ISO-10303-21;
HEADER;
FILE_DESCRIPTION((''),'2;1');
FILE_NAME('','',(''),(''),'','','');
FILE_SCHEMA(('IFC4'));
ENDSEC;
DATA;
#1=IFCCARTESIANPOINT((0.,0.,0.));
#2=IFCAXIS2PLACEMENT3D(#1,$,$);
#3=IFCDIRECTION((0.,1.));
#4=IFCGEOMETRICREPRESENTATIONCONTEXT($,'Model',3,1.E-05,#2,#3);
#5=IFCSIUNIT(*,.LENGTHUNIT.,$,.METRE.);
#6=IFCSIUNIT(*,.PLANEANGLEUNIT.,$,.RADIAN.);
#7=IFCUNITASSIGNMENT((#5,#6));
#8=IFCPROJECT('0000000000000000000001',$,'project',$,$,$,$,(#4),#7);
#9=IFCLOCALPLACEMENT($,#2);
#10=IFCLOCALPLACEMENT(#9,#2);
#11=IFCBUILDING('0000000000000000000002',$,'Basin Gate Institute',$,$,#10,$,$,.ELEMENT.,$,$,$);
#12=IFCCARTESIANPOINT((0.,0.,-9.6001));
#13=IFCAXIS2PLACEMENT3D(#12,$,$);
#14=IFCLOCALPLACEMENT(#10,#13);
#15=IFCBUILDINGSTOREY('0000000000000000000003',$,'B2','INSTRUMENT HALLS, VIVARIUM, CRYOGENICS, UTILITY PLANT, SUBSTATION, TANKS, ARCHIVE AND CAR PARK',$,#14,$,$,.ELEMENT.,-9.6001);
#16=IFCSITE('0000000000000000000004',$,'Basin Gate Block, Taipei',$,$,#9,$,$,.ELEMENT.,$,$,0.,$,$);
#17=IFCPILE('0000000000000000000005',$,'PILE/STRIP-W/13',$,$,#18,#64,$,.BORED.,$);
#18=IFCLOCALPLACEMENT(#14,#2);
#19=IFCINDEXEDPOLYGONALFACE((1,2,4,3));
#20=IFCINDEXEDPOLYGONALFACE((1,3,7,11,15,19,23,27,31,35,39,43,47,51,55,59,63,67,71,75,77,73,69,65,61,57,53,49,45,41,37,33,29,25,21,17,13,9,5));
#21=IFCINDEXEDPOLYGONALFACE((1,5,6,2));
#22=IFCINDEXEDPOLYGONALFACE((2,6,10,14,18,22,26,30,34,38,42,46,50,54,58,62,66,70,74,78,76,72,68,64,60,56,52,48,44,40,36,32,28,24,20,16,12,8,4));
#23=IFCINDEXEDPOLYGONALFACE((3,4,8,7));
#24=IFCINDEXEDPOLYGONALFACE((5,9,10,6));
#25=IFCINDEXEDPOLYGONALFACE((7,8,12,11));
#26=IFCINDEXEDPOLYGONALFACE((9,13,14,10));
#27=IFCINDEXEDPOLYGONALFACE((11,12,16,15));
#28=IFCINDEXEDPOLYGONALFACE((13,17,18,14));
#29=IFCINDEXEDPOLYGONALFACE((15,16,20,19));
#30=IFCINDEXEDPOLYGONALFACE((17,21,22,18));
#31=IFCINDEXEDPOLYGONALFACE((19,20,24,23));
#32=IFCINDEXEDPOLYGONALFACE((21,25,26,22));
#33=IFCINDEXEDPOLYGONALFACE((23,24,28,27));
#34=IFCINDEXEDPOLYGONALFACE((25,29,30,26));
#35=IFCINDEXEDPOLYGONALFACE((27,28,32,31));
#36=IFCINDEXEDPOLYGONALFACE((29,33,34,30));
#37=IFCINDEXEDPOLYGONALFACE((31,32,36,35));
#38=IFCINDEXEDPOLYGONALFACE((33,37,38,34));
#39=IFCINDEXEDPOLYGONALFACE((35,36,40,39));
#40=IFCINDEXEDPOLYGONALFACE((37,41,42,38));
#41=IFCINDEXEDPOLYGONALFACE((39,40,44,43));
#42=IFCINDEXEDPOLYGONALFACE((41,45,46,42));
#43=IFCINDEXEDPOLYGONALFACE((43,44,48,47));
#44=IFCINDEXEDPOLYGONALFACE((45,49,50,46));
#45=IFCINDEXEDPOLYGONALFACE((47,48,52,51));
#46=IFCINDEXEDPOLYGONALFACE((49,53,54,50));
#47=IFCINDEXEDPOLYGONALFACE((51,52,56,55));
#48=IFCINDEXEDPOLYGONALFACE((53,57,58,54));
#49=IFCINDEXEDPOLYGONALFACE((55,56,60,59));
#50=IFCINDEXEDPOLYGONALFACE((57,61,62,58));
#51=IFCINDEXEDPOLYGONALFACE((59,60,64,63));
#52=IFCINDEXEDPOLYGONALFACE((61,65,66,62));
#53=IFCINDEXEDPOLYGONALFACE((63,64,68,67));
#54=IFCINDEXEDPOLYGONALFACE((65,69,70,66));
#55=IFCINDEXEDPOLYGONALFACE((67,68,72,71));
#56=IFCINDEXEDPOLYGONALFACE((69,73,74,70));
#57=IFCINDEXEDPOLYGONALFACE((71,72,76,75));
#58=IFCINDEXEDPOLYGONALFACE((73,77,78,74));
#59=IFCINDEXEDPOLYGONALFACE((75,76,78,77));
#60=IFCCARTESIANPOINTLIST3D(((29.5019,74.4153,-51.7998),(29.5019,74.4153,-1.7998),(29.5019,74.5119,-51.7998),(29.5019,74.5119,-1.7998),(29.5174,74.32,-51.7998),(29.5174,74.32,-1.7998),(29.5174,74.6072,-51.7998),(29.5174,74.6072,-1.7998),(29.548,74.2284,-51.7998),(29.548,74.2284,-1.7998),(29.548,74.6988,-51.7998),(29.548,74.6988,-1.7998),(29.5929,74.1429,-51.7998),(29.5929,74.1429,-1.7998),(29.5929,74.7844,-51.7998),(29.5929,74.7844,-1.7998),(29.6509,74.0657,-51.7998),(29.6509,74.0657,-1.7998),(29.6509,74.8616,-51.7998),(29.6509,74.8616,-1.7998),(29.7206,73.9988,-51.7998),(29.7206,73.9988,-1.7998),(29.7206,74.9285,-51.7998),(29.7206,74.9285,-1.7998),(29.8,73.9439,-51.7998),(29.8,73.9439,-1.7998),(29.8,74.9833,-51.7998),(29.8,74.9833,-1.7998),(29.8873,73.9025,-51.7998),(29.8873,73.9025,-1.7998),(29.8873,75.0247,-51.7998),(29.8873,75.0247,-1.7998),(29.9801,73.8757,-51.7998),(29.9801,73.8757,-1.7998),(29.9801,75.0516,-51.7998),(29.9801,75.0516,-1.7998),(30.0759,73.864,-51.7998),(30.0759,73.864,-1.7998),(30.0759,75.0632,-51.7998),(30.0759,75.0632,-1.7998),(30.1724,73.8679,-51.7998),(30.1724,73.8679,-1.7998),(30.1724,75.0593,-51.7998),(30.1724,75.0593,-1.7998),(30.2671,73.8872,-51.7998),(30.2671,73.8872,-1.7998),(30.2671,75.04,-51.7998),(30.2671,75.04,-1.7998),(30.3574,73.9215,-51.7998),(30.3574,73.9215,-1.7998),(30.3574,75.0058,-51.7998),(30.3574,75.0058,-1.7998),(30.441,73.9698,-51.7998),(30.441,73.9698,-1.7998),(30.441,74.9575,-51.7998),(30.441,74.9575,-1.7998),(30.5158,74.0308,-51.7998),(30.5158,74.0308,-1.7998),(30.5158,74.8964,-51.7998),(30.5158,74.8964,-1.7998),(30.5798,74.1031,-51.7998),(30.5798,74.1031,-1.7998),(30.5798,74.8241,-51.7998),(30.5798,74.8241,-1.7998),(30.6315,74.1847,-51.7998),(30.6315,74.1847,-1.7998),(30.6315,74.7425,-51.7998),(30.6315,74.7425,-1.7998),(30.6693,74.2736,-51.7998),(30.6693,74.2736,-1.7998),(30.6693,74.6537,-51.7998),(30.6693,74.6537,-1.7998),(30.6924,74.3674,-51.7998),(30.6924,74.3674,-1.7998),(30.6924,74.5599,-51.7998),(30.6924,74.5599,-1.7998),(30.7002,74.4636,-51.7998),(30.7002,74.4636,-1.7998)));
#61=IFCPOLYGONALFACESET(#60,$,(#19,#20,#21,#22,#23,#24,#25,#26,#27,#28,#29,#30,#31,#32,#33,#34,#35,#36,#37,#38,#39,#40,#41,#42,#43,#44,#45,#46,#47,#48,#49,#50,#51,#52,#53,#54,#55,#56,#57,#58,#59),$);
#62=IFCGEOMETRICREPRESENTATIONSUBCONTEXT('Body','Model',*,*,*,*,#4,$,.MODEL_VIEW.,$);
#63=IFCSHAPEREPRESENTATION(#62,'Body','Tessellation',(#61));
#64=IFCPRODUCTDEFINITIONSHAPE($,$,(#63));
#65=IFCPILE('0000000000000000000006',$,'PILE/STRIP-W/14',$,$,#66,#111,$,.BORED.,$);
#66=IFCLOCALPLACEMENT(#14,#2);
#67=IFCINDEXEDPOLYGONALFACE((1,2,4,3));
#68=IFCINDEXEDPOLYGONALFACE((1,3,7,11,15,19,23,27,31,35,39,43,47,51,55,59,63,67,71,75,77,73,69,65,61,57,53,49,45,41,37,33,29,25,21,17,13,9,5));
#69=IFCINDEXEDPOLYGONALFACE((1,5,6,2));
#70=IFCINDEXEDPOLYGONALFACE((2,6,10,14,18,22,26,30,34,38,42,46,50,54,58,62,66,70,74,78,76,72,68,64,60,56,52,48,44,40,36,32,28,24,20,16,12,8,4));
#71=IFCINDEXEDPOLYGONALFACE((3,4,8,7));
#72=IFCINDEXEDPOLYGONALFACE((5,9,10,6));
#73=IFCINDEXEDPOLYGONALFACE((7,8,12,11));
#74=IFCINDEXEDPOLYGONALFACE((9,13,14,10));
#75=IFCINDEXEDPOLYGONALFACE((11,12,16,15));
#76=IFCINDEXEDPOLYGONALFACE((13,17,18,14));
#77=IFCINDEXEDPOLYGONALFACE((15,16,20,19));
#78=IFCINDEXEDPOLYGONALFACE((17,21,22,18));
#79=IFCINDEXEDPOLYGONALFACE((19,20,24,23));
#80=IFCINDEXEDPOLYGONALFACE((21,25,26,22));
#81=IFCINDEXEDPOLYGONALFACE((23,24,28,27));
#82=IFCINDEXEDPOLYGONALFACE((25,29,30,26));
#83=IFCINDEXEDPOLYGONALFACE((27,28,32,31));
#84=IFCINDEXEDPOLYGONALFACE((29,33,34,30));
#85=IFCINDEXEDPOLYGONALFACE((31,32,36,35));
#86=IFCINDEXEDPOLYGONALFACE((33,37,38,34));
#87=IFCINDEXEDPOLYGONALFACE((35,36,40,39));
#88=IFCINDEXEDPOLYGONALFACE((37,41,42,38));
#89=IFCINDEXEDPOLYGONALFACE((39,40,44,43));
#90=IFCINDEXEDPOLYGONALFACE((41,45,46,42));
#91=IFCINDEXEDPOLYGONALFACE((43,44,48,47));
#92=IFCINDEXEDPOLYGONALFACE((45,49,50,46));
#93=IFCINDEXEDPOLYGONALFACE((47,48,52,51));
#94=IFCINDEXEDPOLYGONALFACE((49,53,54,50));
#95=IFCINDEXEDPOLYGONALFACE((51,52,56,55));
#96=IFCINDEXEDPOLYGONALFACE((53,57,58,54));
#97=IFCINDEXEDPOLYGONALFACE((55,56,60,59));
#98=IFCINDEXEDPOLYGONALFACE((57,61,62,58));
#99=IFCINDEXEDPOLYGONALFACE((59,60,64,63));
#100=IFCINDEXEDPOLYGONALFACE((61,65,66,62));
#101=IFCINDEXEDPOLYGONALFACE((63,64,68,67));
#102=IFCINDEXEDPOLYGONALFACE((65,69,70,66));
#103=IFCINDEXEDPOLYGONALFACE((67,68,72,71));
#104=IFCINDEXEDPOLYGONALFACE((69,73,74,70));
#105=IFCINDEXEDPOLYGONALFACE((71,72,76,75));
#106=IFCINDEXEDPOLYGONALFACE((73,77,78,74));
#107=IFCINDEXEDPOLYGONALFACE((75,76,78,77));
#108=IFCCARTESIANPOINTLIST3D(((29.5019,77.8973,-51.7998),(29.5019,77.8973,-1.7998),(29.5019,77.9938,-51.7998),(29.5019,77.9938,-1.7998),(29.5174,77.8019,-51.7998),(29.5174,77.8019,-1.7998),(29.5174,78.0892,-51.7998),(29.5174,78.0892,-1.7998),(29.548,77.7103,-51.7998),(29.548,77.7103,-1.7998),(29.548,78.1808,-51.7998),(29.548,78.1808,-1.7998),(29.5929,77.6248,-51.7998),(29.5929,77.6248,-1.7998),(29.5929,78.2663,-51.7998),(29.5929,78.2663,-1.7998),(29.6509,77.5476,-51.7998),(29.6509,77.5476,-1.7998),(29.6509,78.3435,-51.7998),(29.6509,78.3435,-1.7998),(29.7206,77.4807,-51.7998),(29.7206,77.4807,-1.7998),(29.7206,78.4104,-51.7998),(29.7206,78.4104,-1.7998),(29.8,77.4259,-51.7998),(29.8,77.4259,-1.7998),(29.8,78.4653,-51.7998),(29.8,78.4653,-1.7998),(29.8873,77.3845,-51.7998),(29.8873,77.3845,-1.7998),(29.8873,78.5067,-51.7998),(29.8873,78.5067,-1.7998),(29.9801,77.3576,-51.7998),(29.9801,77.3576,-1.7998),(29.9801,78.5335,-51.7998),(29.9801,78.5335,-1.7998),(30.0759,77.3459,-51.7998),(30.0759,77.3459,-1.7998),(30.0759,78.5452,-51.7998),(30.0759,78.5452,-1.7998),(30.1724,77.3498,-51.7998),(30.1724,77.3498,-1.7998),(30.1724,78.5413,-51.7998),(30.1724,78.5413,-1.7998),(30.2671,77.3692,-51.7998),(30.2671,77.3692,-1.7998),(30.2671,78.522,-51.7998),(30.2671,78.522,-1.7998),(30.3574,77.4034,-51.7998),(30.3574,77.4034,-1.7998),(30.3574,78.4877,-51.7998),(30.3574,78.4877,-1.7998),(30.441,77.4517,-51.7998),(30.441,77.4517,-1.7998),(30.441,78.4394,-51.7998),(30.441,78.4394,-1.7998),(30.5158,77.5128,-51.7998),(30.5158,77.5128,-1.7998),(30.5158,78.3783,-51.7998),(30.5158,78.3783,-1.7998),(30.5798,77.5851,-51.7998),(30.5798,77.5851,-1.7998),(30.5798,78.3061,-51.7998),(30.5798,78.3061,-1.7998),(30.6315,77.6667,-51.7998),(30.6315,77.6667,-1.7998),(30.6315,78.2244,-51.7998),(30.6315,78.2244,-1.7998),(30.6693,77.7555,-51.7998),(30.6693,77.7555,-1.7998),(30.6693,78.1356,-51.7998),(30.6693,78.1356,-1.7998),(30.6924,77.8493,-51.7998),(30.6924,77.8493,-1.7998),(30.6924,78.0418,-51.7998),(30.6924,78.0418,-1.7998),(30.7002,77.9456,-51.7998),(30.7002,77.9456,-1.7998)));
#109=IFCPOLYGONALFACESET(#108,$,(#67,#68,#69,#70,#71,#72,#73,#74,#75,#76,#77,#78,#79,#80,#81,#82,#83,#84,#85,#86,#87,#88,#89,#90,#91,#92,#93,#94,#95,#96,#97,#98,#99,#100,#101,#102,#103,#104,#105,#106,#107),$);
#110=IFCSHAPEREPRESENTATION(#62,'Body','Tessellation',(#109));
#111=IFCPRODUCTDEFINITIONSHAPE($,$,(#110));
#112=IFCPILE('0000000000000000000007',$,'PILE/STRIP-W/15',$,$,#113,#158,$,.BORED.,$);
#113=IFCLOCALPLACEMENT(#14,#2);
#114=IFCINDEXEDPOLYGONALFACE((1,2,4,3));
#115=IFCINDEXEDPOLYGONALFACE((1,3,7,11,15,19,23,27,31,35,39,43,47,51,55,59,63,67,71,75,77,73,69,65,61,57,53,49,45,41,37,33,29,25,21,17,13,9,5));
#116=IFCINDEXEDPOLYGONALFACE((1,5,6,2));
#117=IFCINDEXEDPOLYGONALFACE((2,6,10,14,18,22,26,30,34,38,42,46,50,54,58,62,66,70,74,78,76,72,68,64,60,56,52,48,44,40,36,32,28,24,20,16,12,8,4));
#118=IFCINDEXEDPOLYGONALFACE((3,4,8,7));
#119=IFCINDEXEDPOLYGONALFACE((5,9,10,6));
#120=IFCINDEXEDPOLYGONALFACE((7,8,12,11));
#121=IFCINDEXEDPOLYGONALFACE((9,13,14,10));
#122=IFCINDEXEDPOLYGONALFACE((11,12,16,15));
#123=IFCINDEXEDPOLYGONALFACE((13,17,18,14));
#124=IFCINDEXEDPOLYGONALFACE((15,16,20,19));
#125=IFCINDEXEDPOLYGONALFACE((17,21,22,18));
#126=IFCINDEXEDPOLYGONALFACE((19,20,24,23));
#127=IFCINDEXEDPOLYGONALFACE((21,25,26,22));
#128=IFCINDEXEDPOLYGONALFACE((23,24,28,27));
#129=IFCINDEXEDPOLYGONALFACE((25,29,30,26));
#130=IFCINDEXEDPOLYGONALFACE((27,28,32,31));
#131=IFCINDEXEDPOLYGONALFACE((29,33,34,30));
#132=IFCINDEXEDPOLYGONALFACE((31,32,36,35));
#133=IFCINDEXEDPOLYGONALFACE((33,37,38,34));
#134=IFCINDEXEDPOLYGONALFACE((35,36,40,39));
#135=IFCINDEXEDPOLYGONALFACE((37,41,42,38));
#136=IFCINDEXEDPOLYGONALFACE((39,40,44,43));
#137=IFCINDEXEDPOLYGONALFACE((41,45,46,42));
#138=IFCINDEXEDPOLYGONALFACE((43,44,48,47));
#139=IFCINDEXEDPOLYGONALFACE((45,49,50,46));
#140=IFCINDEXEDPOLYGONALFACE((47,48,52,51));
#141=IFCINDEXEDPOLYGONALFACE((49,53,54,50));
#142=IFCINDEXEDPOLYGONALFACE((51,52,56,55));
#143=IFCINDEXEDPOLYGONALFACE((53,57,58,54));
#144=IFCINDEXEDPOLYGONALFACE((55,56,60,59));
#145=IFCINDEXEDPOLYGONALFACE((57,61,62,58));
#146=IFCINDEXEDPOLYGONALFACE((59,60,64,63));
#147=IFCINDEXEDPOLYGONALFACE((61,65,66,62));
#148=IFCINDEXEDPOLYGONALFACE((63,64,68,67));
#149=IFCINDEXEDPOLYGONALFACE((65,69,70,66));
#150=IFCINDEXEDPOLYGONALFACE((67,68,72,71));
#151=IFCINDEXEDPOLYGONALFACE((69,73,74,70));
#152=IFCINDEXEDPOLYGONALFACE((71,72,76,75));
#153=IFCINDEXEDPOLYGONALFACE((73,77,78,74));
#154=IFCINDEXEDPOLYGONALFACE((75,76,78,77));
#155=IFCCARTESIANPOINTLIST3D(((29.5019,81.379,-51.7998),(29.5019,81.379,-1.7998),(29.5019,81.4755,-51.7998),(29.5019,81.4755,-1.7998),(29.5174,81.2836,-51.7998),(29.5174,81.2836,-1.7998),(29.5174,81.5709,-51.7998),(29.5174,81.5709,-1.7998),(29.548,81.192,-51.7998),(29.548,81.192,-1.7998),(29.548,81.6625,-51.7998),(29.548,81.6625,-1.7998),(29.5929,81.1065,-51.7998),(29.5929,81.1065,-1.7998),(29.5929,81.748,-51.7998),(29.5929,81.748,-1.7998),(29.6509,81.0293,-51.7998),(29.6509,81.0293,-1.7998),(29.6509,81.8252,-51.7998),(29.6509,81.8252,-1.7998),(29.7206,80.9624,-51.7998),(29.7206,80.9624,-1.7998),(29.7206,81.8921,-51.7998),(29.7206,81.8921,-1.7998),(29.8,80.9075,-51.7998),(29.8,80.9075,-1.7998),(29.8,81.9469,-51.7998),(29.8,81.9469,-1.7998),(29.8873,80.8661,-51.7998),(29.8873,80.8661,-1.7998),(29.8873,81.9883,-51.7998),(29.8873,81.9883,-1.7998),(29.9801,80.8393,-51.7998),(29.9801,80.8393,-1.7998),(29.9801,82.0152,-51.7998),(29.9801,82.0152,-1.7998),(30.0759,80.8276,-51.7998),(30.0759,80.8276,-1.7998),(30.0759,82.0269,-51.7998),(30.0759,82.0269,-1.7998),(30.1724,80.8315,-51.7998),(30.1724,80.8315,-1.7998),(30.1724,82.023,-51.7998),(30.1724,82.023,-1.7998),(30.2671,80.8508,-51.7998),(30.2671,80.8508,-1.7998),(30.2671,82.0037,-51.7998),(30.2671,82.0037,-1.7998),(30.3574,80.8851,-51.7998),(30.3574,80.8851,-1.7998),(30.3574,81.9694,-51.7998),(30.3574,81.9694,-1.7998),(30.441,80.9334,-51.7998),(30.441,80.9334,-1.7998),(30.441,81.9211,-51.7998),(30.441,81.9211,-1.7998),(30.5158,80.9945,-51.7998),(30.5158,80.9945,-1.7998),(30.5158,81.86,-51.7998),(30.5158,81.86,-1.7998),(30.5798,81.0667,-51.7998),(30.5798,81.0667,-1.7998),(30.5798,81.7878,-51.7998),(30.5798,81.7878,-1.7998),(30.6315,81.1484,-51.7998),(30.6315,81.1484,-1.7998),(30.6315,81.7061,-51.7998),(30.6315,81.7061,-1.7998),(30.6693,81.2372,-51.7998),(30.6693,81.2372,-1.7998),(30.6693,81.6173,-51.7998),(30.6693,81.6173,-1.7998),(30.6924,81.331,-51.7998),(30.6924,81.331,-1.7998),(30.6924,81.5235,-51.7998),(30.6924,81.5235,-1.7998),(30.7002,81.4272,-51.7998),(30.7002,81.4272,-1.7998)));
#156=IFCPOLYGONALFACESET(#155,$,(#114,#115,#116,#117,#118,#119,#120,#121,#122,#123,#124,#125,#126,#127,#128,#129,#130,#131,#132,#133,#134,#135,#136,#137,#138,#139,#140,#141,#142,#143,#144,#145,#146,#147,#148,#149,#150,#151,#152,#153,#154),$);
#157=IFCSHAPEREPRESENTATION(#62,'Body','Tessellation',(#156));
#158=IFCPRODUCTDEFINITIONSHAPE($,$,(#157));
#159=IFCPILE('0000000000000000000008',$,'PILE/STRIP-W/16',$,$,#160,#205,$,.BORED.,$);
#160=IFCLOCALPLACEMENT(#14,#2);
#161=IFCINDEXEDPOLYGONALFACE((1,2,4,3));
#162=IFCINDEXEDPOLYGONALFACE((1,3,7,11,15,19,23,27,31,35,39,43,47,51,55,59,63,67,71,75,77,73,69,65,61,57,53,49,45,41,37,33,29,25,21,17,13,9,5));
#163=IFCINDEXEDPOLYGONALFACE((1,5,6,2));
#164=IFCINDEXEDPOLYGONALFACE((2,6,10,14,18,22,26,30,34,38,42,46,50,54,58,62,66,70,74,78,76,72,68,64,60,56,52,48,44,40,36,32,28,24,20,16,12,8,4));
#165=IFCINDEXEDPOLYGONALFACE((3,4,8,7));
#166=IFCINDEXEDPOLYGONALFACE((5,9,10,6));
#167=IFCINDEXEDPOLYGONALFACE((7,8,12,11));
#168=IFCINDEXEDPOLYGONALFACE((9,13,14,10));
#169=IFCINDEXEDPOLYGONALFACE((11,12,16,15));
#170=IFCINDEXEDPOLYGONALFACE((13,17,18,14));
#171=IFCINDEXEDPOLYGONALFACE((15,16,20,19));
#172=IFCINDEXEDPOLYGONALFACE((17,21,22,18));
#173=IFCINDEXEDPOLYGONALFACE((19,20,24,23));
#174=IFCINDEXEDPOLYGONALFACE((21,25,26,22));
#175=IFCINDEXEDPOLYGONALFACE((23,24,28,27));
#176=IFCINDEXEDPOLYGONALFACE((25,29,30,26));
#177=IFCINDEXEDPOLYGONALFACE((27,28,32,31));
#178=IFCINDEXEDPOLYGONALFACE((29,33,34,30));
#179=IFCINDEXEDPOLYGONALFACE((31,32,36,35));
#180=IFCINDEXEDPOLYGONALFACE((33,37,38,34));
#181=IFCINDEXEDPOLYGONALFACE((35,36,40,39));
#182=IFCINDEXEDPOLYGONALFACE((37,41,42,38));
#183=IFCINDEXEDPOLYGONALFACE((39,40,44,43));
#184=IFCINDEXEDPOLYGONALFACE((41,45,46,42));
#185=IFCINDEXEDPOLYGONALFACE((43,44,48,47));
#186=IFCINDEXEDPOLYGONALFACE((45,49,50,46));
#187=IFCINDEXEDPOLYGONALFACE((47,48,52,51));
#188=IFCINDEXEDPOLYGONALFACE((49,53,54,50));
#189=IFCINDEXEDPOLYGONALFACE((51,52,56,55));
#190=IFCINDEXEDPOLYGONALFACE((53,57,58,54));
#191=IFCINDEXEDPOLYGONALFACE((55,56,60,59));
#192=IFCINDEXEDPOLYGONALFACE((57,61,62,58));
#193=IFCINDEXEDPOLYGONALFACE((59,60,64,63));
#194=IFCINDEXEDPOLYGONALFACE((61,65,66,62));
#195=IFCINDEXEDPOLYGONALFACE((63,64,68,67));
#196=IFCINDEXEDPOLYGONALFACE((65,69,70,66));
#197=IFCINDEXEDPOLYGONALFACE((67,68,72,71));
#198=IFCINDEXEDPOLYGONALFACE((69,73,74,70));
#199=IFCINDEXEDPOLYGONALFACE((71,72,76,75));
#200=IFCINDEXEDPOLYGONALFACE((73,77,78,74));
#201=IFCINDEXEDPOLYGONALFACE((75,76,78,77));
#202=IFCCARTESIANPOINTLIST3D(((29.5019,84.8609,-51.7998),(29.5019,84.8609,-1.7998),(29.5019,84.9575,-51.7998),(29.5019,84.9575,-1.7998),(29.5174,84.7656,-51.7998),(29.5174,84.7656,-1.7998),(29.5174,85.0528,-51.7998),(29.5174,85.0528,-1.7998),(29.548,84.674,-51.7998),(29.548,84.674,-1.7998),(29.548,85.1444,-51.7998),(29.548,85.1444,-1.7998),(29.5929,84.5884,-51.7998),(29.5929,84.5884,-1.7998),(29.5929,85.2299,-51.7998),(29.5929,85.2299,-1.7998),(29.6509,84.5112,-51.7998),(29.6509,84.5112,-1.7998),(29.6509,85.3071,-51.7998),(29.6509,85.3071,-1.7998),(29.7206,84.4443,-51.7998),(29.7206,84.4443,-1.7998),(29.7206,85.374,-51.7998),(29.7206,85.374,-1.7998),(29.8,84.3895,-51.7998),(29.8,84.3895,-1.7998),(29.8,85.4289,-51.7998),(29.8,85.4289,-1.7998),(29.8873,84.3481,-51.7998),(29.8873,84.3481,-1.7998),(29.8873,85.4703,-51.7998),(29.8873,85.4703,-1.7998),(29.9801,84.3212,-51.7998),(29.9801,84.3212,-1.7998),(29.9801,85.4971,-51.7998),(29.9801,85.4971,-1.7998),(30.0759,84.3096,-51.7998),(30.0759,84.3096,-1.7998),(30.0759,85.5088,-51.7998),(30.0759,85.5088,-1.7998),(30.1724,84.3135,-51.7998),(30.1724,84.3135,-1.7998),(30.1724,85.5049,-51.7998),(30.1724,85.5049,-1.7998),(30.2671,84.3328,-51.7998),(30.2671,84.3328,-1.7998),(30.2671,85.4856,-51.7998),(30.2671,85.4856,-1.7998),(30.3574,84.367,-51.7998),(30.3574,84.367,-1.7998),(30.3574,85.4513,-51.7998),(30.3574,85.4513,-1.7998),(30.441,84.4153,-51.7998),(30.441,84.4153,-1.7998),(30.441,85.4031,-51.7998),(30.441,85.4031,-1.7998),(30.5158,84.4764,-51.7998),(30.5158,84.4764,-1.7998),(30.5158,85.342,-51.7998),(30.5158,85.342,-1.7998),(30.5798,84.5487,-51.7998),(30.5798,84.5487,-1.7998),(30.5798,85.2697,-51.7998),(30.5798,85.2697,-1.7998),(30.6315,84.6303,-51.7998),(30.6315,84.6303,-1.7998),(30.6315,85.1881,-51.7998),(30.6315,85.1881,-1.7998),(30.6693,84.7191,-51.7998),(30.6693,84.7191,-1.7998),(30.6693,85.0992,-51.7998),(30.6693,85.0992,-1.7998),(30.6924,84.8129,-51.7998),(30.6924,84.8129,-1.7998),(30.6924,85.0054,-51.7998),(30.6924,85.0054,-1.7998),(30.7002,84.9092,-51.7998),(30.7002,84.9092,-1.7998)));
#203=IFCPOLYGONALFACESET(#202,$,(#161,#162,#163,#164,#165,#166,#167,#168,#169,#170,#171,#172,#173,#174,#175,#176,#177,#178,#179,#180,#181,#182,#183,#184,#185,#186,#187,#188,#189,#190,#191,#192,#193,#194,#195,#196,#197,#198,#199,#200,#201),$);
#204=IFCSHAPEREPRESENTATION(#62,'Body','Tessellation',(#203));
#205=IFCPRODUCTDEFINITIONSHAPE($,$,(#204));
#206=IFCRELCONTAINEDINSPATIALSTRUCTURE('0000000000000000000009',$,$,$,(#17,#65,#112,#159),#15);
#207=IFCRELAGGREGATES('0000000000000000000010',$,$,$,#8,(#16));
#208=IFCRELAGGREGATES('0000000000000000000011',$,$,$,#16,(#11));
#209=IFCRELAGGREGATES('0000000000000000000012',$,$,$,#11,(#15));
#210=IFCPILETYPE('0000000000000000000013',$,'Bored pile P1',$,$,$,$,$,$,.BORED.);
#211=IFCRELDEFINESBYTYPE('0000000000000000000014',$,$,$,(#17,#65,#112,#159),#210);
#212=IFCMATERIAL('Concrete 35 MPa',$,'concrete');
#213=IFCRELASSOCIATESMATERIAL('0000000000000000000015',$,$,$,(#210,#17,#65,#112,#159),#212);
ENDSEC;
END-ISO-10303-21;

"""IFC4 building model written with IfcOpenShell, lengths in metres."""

from ifc_helpers import new_model, si_unit, direction, frame, origin, origin_2d, place, context, subcontext, project, spatial, circle, extrude, material, material_profile, profile_set, type_object, element, save


model = new_model("IFC4")

# Units and contexts
model_context = context("Model", 3, precision=1e-05, world=origin(), true_north=direction((0.0, 1.0)))
body_context = subcontext(model_context, "Body", "Model", "MODEL_VIEW")
ifc_project = project(units=[si_unit("LENGTHUNIT", "METRE"), si_unit("PLANEANGLEUNIT", "RADIAN")], contexts=[model_context])

# Site, building, storey
site_placement = place(None, origin())
site = spatial("IfcSite", under=ifc_project, at=site_placement, Name="Basin Gate Block, Taipei", CompositionType="ELEMENT", RefElevation=0.0)
building_placement = place(site_placement, origin())
building = spatial("IfcBuilding", under=site, at=building_placement, Name="Basin Gate Institute", CompositionType="ELEMENT")
storey_placement = place(building_placement, frame((0.0, 0.0, -9.6001)))
storey = spatial("IfcBuildingStorey", under=building, at=storey_placement, Name="B2", Description="INSTRUMENT HALLS, VIVARIUM, CRYOGENICS, UTILITY PLANT, SUBSTATION, TANKS, ARCHIVE AND CAR PARK", CompositionType="ELEMENT", Elevation=-9.6001)

# Piles
ifc_material_1 = material(Name="Concrete 35 MPa", Category="concrete")
ifc_material_profile_1 = material_profile(ifc_material_1, circle(Radius=0.6001, at=origin_2d()), Name="Bored pile P1 1200 dia")
ifc_profile_set_1 = profile_set([ifc_material_profile_1], Name="Concrete 35 MPa")
pile_type = type_object("IfcPileType", Name="Bored pile P1", PredefinedType="BORED", material=ifc_profile_set_1)
for number, where, z_axis, x_axis, name in (
    (1, (30.1001, 74.4636, -1.7998), (0.0, 0.0, -1.0), (1.0, 0.0, 0.0), "PILE/STRIP-W/13"),
    (2, (30.1001, 77.9456, -1.7998), (0.0, 0.0, -1.0), (1.0, 0.0, 0.0), "PILE/STRIP-W/14"),
    (3, (30.1001, 81.4272, -1.7998), (0.0, 0.0, -1.0), (1.0, 0.0, 0.0), "PILE/STRIP-W/15"),
    (4, (30.1001, 84.9092, -1.7998), (0.0, 0.0, -1.0), (1.0, 0.0, 0.0), "PILE/STRIP-W/16"),
):
    element("IfcPile", number, at=place(storey_placement, frame(where, z_axis=z_axis, x_axis=x_axis)), inside=storey, type_object=pile_type, material=ifc_profile_set_1, Name=name, PredefinedType="BORED", context=body_context, shape_type="SweptSolid", body=[
        extrude(circle(Radius=0.6001, at=origin_2d()), origin(), (0.0, 0.0, 1.0), 50.0),
    ])

save(model, "model.ifc")
